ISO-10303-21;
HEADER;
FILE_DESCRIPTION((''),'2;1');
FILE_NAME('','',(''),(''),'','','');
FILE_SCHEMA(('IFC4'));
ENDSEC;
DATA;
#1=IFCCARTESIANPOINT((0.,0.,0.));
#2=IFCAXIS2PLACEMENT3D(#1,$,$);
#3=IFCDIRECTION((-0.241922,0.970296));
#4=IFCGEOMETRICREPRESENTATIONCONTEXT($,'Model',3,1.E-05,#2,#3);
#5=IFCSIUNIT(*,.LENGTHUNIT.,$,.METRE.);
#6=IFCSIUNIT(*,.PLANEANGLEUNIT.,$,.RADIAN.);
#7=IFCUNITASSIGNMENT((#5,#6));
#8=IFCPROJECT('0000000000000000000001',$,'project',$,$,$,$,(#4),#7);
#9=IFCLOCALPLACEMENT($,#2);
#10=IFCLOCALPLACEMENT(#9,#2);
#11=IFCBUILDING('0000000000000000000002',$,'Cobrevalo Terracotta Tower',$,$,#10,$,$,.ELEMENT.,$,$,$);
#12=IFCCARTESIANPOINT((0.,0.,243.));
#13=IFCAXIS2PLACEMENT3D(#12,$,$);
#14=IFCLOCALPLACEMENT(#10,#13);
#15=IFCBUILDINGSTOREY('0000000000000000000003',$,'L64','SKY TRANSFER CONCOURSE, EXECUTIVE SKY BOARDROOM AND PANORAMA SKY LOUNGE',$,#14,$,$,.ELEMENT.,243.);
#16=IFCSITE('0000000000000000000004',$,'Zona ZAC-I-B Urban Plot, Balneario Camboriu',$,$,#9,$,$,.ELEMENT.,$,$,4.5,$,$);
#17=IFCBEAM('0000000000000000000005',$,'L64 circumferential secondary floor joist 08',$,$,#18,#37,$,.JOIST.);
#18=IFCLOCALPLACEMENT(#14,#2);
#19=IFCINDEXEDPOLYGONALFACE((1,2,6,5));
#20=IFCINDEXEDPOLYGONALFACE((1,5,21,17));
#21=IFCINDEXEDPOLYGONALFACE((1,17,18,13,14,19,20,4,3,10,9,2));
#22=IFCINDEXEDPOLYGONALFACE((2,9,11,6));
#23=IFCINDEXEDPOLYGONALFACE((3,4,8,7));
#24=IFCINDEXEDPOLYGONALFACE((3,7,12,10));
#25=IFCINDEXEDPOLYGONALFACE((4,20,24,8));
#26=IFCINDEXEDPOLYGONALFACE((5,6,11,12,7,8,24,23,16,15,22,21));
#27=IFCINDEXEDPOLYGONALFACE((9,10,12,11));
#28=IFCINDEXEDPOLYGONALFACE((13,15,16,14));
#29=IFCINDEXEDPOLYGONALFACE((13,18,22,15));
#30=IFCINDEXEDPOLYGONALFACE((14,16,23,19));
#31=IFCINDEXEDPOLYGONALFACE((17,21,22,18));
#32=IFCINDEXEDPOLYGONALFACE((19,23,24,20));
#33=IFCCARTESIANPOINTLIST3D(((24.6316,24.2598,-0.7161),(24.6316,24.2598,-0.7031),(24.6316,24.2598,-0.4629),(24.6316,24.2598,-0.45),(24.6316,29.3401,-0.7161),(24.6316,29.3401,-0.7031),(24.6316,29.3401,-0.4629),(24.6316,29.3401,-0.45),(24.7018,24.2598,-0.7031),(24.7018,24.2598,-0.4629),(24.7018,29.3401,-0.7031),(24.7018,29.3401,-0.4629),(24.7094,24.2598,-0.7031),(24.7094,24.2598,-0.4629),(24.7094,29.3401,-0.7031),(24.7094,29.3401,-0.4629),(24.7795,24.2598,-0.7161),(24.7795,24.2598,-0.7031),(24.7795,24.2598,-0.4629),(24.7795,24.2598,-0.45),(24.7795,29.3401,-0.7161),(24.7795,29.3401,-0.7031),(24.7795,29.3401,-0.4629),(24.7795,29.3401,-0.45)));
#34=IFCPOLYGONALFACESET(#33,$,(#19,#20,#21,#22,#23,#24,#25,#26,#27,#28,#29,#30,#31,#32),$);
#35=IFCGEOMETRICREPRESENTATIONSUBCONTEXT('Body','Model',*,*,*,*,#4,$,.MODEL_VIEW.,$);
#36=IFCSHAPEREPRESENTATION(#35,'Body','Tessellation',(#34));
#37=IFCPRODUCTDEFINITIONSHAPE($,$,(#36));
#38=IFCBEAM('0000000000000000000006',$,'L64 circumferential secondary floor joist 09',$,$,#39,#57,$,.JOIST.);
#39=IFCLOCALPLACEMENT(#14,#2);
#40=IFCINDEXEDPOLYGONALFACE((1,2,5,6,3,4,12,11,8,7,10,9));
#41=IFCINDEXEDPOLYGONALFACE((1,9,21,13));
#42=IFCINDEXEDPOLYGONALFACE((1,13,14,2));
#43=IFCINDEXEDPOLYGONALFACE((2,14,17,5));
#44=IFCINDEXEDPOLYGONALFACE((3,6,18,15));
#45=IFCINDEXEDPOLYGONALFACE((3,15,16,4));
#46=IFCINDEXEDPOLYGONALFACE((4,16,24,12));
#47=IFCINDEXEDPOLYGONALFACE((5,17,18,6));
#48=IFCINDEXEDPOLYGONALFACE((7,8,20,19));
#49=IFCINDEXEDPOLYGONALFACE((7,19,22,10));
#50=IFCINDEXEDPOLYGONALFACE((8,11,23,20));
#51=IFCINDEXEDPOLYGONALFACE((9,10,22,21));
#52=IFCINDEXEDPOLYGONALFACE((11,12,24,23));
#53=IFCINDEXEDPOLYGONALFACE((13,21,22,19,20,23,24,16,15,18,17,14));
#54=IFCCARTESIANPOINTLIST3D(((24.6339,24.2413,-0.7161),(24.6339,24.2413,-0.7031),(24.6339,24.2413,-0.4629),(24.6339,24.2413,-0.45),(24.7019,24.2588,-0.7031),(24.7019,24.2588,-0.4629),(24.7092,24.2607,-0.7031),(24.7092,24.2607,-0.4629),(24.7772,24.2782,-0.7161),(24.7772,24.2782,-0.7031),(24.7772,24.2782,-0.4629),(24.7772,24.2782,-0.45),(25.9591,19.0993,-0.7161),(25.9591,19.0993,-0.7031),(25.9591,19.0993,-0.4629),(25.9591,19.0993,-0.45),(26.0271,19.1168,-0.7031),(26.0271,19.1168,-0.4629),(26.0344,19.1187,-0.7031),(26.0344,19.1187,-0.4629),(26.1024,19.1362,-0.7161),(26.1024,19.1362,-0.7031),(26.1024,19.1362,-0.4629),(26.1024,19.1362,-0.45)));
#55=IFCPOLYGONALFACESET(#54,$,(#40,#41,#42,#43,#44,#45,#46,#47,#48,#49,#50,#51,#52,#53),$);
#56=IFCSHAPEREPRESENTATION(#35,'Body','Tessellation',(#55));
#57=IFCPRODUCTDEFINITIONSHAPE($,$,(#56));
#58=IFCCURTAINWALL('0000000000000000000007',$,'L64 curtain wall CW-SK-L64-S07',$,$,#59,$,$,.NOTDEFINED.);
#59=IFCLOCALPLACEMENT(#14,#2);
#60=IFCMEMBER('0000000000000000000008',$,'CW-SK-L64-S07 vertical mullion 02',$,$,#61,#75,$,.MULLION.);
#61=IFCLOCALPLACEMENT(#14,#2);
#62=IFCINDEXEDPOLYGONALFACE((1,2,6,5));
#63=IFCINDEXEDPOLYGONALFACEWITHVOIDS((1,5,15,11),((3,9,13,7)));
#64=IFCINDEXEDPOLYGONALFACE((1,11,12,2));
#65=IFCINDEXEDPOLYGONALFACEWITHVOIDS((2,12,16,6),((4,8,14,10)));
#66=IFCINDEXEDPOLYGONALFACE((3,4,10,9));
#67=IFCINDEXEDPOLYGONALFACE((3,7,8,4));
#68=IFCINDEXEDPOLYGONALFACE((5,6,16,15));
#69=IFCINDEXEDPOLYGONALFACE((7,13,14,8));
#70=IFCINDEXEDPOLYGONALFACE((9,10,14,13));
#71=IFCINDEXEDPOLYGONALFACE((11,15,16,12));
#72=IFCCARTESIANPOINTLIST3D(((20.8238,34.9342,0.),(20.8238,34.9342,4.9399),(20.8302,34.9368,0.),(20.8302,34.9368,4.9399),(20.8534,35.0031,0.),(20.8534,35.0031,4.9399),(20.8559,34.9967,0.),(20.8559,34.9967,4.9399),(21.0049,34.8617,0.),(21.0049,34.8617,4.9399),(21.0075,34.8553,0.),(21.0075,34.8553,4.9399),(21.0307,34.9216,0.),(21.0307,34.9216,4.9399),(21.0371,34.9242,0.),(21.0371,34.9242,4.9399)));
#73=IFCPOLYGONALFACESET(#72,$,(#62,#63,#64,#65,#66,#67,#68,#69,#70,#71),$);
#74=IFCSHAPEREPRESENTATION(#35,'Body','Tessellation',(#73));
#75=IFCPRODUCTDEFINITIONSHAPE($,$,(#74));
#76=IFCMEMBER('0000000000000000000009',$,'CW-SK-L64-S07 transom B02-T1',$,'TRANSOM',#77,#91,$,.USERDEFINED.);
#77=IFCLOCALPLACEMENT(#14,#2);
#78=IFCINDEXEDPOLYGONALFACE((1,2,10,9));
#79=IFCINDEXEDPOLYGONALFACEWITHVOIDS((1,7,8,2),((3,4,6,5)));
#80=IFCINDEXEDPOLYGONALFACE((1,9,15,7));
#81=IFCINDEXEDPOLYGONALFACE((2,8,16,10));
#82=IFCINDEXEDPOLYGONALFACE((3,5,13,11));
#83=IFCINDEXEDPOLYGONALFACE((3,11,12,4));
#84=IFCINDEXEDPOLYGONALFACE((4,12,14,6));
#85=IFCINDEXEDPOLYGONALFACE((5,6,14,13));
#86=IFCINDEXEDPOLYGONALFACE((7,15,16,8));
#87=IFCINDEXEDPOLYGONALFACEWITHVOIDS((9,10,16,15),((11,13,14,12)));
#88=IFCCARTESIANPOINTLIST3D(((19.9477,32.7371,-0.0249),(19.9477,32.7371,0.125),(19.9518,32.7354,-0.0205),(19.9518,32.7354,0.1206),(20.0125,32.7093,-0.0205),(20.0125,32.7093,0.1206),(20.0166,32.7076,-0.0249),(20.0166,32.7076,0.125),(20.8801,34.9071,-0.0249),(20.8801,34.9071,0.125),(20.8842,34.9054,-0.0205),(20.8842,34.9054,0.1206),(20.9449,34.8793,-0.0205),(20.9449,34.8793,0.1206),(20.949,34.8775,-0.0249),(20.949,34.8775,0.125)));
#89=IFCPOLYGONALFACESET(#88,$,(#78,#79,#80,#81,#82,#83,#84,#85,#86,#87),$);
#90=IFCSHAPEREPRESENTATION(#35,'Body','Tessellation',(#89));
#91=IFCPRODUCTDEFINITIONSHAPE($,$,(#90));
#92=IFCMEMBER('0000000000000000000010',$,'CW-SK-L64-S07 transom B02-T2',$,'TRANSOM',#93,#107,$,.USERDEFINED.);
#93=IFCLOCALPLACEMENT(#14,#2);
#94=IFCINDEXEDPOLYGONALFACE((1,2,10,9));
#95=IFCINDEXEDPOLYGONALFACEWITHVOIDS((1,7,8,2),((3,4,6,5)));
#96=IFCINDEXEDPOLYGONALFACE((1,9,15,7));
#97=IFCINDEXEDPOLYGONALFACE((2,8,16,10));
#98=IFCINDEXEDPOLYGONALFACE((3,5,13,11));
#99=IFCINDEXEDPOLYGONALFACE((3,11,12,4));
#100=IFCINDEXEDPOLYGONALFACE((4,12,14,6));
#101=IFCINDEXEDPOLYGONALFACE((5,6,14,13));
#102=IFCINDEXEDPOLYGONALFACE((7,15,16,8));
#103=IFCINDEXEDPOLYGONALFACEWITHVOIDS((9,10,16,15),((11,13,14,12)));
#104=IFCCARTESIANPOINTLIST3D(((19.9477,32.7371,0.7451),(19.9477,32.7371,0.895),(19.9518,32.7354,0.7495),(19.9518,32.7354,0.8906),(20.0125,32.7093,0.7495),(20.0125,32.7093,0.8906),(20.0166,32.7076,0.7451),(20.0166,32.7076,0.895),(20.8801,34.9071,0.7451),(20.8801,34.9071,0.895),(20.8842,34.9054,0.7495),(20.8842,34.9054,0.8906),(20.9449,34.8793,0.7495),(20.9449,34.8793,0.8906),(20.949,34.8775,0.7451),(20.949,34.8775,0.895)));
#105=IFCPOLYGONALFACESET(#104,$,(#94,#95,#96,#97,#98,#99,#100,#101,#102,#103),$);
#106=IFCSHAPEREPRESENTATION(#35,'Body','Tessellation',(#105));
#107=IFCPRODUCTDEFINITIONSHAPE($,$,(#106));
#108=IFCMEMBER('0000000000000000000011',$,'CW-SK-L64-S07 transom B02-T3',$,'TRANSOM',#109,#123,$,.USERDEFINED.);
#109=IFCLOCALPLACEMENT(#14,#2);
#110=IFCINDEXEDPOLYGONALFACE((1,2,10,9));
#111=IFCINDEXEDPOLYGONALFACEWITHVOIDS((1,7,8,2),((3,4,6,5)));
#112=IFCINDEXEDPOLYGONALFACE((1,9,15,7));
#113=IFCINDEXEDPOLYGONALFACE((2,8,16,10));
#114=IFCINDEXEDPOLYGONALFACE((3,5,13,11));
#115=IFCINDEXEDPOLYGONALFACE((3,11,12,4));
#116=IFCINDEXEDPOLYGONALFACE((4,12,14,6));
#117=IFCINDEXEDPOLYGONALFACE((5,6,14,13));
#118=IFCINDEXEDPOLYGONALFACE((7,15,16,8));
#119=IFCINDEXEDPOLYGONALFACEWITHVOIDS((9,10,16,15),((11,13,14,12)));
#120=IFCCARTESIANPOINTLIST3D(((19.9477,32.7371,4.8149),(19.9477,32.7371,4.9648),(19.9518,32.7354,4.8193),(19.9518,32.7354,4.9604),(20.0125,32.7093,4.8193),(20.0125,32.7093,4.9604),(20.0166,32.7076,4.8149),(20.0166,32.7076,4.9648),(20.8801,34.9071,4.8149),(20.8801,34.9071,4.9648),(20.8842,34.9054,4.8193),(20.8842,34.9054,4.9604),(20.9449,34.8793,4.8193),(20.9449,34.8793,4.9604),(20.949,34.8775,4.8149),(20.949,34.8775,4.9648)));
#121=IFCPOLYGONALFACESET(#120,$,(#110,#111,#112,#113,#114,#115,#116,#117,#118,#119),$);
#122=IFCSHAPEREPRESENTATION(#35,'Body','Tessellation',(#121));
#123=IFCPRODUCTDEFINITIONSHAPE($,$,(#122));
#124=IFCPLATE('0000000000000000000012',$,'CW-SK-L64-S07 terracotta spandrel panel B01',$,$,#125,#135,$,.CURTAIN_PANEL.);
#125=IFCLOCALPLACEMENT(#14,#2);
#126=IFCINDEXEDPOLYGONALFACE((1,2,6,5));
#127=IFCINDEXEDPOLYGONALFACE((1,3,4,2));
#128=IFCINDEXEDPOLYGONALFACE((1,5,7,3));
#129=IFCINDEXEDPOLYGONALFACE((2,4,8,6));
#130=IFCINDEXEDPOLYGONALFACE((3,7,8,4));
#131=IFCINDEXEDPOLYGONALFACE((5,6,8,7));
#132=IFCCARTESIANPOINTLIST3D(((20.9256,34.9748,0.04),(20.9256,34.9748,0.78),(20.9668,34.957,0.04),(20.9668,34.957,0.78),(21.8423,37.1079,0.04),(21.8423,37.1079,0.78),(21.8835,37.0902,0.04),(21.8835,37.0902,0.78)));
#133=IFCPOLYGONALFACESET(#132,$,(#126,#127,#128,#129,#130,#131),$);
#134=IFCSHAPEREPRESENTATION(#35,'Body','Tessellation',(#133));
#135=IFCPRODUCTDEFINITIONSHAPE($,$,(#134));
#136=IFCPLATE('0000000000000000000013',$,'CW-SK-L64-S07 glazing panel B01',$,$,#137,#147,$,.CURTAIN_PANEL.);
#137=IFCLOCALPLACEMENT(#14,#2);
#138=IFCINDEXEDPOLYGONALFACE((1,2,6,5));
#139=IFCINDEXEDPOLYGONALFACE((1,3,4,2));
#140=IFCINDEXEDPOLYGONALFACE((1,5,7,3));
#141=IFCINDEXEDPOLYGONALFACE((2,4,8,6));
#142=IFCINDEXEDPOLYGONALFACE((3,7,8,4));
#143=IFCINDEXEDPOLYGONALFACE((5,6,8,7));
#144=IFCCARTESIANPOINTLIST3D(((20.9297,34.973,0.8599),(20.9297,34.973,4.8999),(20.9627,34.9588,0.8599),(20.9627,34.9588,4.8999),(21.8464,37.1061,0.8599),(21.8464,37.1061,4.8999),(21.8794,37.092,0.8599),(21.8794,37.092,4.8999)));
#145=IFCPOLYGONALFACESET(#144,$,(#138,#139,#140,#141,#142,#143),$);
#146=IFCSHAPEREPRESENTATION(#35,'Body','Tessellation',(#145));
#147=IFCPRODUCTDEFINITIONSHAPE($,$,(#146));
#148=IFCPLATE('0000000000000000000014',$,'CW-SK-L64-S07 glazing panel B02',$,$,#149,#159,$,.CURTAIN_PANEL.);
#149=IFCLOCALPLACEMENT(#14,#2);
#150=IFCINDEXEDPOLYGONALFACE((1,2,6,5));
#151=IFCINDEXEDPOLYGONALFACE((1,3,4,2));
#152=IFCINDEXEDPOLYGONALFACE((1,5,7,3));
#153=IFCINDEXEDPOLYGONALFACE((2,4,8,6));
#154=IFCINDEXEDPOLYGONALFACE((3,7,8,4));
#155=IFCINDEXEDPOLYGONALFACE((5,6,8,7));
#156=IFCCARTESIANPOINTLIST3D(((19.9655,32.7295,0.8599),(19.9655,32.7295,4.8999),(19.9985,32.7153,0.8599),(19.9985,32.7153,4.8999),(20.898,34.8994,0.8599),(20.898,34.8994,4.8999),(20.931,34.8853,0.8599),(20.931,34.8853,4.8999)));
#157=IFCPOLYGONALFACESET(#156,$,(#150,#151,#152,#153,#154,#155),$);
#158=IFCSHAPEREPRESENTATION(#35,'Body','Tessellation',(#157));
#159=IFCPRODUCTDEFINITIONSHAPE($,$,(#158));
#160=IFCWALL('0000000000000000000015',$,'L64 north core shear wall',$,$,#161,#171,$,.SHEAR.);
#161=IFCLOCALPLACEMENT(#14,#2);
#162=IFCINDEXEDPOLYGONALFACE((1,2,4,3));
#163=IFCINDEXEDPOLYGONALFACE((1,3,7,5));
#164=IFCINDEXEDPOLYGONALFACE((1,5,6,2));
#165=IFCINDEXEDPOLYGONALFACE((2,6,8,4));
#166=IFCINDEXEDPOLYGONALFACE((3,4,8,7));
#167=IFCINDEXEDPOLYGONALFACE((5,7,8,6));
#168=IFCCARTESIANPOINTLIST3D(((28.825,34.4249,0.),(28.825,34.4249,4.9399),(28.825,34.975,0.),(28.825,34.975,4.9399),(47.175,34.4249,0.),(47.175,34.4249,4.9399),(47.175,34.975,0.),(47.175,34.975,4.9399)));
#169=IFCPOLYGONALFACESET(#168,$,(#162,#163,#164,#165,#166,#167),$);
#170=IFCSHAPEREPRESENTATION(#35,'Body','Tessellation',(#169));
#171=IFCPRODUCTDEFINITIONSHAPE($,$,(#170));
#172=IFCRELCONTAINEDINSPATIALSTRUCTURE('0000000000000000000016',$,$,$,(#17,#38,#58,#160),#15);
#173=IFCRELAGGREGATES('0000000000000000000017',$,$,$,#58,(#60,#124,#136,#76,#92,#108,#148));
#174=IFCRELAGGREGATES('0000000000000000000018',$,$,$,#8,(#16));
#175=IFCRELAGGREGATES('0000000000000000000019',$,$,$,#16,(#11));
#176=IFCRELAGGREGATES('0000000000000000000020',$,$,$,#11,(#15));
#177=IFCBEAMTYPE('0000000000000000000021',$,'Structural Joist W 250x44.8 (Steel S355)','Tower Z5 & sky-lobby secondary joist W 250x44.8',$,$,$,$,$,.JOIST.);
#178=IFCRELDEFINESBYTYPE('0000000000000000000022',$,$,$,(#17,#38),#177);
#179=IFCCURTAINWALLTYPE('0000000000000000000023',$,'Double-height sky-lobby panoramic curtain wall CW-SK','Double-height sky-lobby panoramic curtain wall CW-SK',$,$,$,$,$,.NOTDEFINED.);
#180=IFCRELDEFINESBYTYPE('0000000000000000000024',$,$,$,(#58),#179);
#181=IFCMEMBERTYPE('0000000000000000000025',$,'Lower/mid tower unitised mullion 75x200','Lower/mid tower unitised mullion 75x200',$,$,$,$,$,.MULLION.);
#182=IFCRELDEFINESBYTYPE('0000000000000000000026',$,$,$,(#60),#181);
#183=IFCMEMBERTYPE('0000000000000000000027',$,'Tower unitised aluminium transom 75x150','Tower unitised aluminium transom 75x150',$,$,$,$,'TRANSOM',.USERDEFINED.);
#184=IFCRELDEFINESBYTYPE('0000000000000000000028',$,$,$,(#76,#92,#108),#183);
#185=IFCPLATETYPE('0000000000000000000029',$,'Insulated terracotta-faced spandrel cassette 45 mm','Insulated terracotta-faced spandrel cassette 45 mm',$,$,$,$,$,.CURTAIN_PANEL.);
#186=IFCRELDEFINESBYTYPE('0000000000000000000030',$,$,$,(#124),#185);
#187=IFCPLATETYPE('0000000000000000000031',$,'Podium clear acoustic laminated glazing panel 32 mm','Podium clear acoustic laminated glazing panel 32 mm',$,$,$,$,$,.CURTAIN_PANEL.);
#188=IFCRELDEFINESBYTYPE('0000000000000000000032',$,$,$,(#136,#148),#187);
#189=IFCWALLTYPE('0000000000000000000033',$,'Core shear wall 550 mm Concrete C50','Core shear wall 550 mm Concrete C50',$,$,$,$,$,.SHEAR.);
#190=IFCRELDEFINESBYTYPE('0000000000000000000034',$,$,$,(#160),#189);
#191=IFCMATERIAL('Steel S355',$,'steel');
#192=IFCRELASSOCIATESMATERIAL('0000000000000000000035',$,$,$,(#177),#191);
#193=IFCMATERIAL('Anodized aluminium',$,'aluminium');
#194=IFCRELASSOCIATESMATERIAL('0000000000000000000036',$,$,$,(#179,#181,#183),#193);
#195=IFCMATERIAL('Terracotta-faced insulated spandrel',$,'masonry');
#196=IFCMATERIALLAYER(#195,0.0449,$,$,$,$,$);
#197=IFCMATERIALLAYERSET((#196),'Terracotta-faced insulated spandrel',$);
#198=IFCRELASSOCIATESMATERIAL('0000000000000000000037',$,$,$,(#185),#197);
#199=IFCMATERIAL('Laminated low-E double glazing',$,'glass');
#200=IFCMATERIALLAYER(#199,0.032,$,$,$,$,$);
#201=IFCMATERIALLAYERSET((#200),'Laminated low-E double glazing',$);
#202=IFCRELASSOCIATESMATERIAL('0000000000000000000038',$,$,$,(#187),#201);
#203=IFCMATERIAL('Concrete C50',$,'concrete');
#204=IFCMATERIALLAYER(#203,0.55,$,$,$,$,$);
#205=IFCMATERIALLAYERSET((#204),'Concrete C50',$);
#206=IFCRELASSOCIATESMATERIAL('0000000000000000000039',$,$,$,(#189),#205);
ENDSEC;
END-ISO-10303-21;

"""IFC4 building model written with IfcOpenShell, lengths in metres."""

from ifc_helpers import new_model, si_unit, direction, frame, frame_2d, origin, origin_2d, place, context, subcontext, project, spatial, rectangle, hollow_rectangle, i_section, extrude, source, transform, mapped, material, layer, layer_set, material_profile, profile_set, type_object, element, aggregate, save


model = new_model("IFC4")

# Units and contexts
model_context = context("Model", 3, precision=1e-05, world=origin(), true_north=direction((-0.241922, 0.970296)))
body_context = subcontext(model_context, "Body", "Model", "MODEL_VIEW")
ifc_project = project(units=[si_unit("LENGTHUNIT", "METRE"), si_unit("PLANEANGLEUNIT", "RADIAN")], contexts=[model_context])

# Site, building, storey
site_placement = place(None, origin())
site = spatial("IfcSite", under=ifc_project, at=site_placement, Name="Zona ZAC-I-B Urban Plot, Balneario Camboriu", CompositionType="ELEMENT", RefElevation=4.5)
building_placement = place(site_placement, origin())
building = spatial("IfcBuilding", under=site, at=building_placement, Name="Cobrevalo Terracotta Tower", CompositionType="ELEMENT")
storey_placement = place(building_placement, frame((0.0, 0.0, 243.0)))
storey = spatial("IfcBuildingStorey", under=building, at=storey_placement, Name="L64", Description="SKY TRANSFER CONCOURSE, EXECUTIVE SKY BOARDROOM AND PANORAMA SKY LOUNGE", CompositionType="ELEMENT", Elevation=243.0)

# Shared definitions
ifc_material_1 = material(Name="Steel S355", Category="steel")
ifc_material_2 = material(Name="Concrete C50", Category="concrete")

# Beams
ifc_material_profile_1 = material_profile(ifc_material_1, i_section(OverallWidth=0.1479, OverallDepth=0.2661, WebThickness=0.0076, FlangeThickness=0.0129, at=origin_2d()), Name="W 250x44.8")
ifc_profile_set_1 = profile_set([ifc_material_profile_1], Name="Steel S355")
beam_type_1 = type_object("IfcBeamType", Name="Structural Joist W 250x44.8 (Steel S355)", Description="Tower Z5 & sky-lobby secondary joist W 250x44.8", PredefinedType="JOIST", material=ifc_profile_set_1)
beam_1_placement = place(storey_placement, frame((24.7056, 29.3401, -0.583), z_axis=(0.0, -1.0, 0.0), x_axis=(1.0, 0.0, 0.0)))
element("IfcBeam", 1, at=beam_1_placement, inside=storey, type_object=beam_type_1, Name="L64 circumferential secondary floor joist 08", PredefinedType="JOIST", context=body_context, shape_type="SweptSolid", body=[
    extrude(i_section(OverallWidth=0.1479, OverallDepth=0.2661, WebThickness=0.0076, FlangeThickness=0.0129, at=origin_2d()), origin(), (0.0, 0.0, 1.0), 5.0803),
])
beam_2_placement = place(storey_placement, frame((24.7056, 24.2598, -0.583), z_axis=(0.249561, -0.968359, 0.0), x_axis=(0.968359, 0.249561, 0.0)))
element("IfcBeam", 2, at=beam_2_placement, inside=storey, type_object=beam_type_1, Name="L64 circumferential secondary floor joist 09", PredefinedType="JOIST", context=body_context, shape_type="SweptSolid", body=[
    extrude(i_section(OverallWidth=0.1479, OverallDepth=0.2661, WebThickness=0.0076, FlangeThickness=0.0129, at=origin_2d()), origin(), (0.0, 0.0, 1.0), 5.3101),
])

# Curtain wall, members, plates
ifc_material_3 = material(Name="Anodized aluminium", Category="aluminium")
curtain_wall_type = type_object("IfcCurtainWallType", Name="Double-height sky-lobby panoramic curtain wall CW-SK", Description="Double-height sky-lobby panoramic curtain wall CW-SK", PredefinedType="NOTDEFINED", material=ifc_material_3)
curtain_wall_placement = place(storey_placement, origin())
curtain_wall = element("IfcCurtainWall", 3, at=curtain_wall_placement, inside=storey, type_object=curtain_wall_type, Name="L64 curtain wall CW-SK-L64-S07", PredefinedType="NOTDEFINED")
ifc_material_profile_2 = material_profile(ifc_material_3, hollow_rectangle(XDim=0.075, YDim=0.2, WallThickness=0.0049, at=origin_2d()), Name="CWM 75x200")
ifc_profile_set_2 = profile_set([ifc_material_profile_2], Name="Anodized aluminium")
member_type_1 = type_object("IfcMemberType", Name="Lower/mid tower unitised mullion 75x200", Description="Lower/mid tower unitised mullion 75x200", PredefinedType="MULLION", material=ifc_profile_set_2)
shared_shape_1 = source(origin(), body_context, "Body", "SweptSolid", [
    extrude(hollow_rectangle(XDim=0.075, YDim=0.2, WallThickness=0.0049, at=origin_2d()), origin(), (0.0, 0.0, 1.0), 4.9399),
])
member_1_placement = place(storey_placement, frame((20.9304, 34.9292, 0.0), z_axis=(0.0, 0.0, 1.0), x_axis=(-0.394824, -0.918757, 0.0)))
member_1 = element("IfcMember", 4, at=member_1_placement, type_object=member_type_1, Name="CW-SK-L64-S07 vertical mullion 02", PredefinedType="MULLION", context=body_context, shape_type="MappedRepresentation", body=[
    mapped(shared_shape_1, transform((0.0, 0.0, 0.0), scale=1.0)),
])
ifc_material_profile_3 = material_profile(ifc_material_3, hollow_rectangle(XDim=0.075, YDim=0.1499, WallThickness=0.0044, at=origin_2d()), Name="CWT 75x150")
ifc_profile_set_3 = profile_set([ifc_material_profile_3], Name="Anodized aluminium")
member_type_2 = type_object("IfcMemberType", Name="Tower unitised aluminium transom 75x150", Description="Tower unitised aluminium transom 75x150", ElementType="TRANSOM", PredefinedType="USERDEFINED", material=ifc_profile_set_3)
shared_shape_2 = source(origin(), body_context, "Body", "SweptSolid", [
    extrude(hollow_rectangle(XDim=0.075, YDim=0.1499, WallThickness=0.0044, at=origin_2d()), origin(), (0.0, 0.0, 1.0), 2.3618),
])
member_2_placement = place(storey_placement, frame((20.9146, 34.8923, 0.05), z_axis=(-0.39478, -0.918776, 0.0), x_axis=(0.918776, -0.39478, 0.0)))
member_2 = element("IfcMember", 5, at=member_2_placement, type_object=member_type_2, Name="CW-SK-L64-S07 transom B02-T1", ObjectType="TRANSOM", PredefinedType="USERDEFINED", context=body_context, shape_type="MappedRepresentation", body=[
    mapped(shared_shape_2, transform((0.0, 0.0, 0.0), scale=1.0)),
])
member_3_placement = place(storey_placement, frame((20.9146, 34.8923, 0.8201), z_axis=(-0.39478, -0.918776, 0.0), x_axis=(0.918776, -0.39478, 0.0)))
member_3 = element("IfcMember", 6, at=member_3_placement, type_object=member_type_2, Name="CW-SK-L64-S07 transom B02-T2", ObjectType="TRANSOM", PredefinedType="USERDEFINED", context=body_context, shape_type="MappedRepresentation", body=[
    mapped(shared_shape_2, transform((0.0, 0.0, 0.0), scale=1.0)),
])
member_4_placement = place(storey_placement, frame((20.9146, 34.8923, 4.8899), z_axis=(-0.39478, -0.918776, 0.0), x_axis=(0.918776, -0.39478, 0.0)))
member_4 = element("IfcMember", 7, at=member_4_placement, type_object=member_type_2, Name="CW-SK-L64-S07 transom B02-T3", ObjectType="TRANSOM", PredefinedType="USERDEFINED", context=body_context, shape_type="MappedRepresentation", body=[
    mapped(shared_shape_2, transform((0.0, 0.0, 0.0), scale=1.0)),
])
ifc_material_4 = material(Name="Terracotta-faced insulated spandrel", Category="masonry")
ifc_layer_1 = layer(ifc_material_4, 0.0449)
ifc_layer_set_1 = layer_set([ifc_layer_1], Name="Terracotta-faced insulated spandrel")
plate_type_1 = type_object("IfcPlateType", Name="Insulated terracotta-faced spandrel cassette 45 mm", Description="Insulated terracotta-faced spandrel cassette 45 mm", PredefinedType="CURTAIN_PANEL", material=ifc_layer_set_1)
shared_shape_3 = source(origin(), body_context, "Body", "SweptSolid", [
    extrude(rectangle(XDim=2.3218, YDim=0.0449, at=origin_2d()), origin(), (0.0, 0.0, 1.0), 0.74),
])
plate_1_placement = place(storey_placement, frame((21.4045, 36.0325, 0.04), z_axis=(0.0, 0.0, 1.0), x_axis=(-0.394829, -0.918755, 0.0)))
plate_1 = element("IfcPlate", 8, at=plate_1_placement, type_object=plate_type_1, Name="CW-SK-L64-S07 terracotta spandrel panel B01", PredefinedType="CURTAIN_PANEL", context=body_context, shape_type="MappedRepresentation", body=[
    mapped(shared_shape_3, transform((0.0, 0.0, 0.0), scale=1.0)),
])
ifc_material_5 = material(Name="Laminated low-E double glazing", Category="glass")
ifc_layer_2 = layer(ifc_material_5, 0.032)
ifc_layer_set_2 = layer_set([ifc_layer_2], Name="Laminated low-E double glazing")
plate_type_2 = type_object("IfcPlateType", Name="Podium clear acoustic laminated glazing panel 32 mm", Description="Podium clear acoustic laminated glazing panel 32 mm", PredefinedType="CURTAIN_PANEL", material=ifc_layer_set_2)
shared_shape_4 = source(origin(), body_context, "Body", "SweptSolid", [
    extrude(rectangle(XDim=2.3218, YDim=0.0359, at=origin_2d()), origin(), (0.0, 0.0, 1.0), 4.04),
])
plate_2_placement = place(storey_placement, frame((21.4045, 36.0325, 0.8599), z_axis=(0.0, 0.0, 1.0), x_axis=(-0.394829, -0.918755, 0.0)))
plate_2 = element("IfcPlate", 9, at=plate_2_placement, type_object=plate_type_2, Name="CW-SK-L64-S07 glazing panel B01", PredefinedType="CURTAIN_PANEL", context=body_context, shape_type="MappedRepresentation", body=[
    mapped(shared_shape_4, transform((0.0, 0.0, 0.0), scale=1.0)),
])
shared_shape_5 = source(origin(), body_context, "Body", "SweptSolid", [
    extrude(rectangle(XDim=2.3618, YDim=0.0359, at=origin_2d()), origin(), (0.0, 0.0, 1.0), 4.04),
])
plate_3_placement = place(storey_placement, frame((20.4482, 33.8074, 0.8599), z_axis=(0.0, 0.0, 1.0), x_axis=(-0.394829, -0.918755, 0.0)))
plate_3 = element("IfcPlate", 10, at=plate_3_placement, type_object=plate_type_2, Name="CW-SK-L64-S07 glazing panel B02", PredefinedType="CURTAIN_PANEL", context=body_context, shape_type="MappedRepresentation", body=[
    mapped(shared_shape_5, transform((0.0, 0.0, 0.0), scale=1.0)),
])
aggregate(curtain_wall, [member_1, plate_1, plate_2, member_2, member_3, member_4, plate_3])

# Wall
ifc_layer_3 = layer(ifc_material_2, 0.55)
ifc_layer_set_3 = layer_set([ifc_layer_3], Name="Concrete C50")
wall_type_1 = type_object("IfcWallType", Name="Core shear wall 550 mm Concrete C50", Description="Core shear wall 550 mm Concrete C50", PredefinedType="SHEAR", material=ifc_layer_set_3)
wall_1_placement = place(storey_placement, frame((28.825, 34.7, 0.0), z_axis=(0.0, 0.0, 1.0), x_axis=(1.0, 0.0, 0.0)))
element("IfcWall", 11, at=wall_1_placement, inside=storey, type_object=wall_type_1, Name="L64 north core shear wall", PredefinedType="SHEAR", context=body_context, shape_type="SweptSolid", body=[
    extrude(rectangle(XDim=18.3501, YDim=0.55, at=frame_2d((9.175, 0.0))), origin(), (0.0, 0.0, 1.0), 4.9399),
])

save(model, "model.ifc")
